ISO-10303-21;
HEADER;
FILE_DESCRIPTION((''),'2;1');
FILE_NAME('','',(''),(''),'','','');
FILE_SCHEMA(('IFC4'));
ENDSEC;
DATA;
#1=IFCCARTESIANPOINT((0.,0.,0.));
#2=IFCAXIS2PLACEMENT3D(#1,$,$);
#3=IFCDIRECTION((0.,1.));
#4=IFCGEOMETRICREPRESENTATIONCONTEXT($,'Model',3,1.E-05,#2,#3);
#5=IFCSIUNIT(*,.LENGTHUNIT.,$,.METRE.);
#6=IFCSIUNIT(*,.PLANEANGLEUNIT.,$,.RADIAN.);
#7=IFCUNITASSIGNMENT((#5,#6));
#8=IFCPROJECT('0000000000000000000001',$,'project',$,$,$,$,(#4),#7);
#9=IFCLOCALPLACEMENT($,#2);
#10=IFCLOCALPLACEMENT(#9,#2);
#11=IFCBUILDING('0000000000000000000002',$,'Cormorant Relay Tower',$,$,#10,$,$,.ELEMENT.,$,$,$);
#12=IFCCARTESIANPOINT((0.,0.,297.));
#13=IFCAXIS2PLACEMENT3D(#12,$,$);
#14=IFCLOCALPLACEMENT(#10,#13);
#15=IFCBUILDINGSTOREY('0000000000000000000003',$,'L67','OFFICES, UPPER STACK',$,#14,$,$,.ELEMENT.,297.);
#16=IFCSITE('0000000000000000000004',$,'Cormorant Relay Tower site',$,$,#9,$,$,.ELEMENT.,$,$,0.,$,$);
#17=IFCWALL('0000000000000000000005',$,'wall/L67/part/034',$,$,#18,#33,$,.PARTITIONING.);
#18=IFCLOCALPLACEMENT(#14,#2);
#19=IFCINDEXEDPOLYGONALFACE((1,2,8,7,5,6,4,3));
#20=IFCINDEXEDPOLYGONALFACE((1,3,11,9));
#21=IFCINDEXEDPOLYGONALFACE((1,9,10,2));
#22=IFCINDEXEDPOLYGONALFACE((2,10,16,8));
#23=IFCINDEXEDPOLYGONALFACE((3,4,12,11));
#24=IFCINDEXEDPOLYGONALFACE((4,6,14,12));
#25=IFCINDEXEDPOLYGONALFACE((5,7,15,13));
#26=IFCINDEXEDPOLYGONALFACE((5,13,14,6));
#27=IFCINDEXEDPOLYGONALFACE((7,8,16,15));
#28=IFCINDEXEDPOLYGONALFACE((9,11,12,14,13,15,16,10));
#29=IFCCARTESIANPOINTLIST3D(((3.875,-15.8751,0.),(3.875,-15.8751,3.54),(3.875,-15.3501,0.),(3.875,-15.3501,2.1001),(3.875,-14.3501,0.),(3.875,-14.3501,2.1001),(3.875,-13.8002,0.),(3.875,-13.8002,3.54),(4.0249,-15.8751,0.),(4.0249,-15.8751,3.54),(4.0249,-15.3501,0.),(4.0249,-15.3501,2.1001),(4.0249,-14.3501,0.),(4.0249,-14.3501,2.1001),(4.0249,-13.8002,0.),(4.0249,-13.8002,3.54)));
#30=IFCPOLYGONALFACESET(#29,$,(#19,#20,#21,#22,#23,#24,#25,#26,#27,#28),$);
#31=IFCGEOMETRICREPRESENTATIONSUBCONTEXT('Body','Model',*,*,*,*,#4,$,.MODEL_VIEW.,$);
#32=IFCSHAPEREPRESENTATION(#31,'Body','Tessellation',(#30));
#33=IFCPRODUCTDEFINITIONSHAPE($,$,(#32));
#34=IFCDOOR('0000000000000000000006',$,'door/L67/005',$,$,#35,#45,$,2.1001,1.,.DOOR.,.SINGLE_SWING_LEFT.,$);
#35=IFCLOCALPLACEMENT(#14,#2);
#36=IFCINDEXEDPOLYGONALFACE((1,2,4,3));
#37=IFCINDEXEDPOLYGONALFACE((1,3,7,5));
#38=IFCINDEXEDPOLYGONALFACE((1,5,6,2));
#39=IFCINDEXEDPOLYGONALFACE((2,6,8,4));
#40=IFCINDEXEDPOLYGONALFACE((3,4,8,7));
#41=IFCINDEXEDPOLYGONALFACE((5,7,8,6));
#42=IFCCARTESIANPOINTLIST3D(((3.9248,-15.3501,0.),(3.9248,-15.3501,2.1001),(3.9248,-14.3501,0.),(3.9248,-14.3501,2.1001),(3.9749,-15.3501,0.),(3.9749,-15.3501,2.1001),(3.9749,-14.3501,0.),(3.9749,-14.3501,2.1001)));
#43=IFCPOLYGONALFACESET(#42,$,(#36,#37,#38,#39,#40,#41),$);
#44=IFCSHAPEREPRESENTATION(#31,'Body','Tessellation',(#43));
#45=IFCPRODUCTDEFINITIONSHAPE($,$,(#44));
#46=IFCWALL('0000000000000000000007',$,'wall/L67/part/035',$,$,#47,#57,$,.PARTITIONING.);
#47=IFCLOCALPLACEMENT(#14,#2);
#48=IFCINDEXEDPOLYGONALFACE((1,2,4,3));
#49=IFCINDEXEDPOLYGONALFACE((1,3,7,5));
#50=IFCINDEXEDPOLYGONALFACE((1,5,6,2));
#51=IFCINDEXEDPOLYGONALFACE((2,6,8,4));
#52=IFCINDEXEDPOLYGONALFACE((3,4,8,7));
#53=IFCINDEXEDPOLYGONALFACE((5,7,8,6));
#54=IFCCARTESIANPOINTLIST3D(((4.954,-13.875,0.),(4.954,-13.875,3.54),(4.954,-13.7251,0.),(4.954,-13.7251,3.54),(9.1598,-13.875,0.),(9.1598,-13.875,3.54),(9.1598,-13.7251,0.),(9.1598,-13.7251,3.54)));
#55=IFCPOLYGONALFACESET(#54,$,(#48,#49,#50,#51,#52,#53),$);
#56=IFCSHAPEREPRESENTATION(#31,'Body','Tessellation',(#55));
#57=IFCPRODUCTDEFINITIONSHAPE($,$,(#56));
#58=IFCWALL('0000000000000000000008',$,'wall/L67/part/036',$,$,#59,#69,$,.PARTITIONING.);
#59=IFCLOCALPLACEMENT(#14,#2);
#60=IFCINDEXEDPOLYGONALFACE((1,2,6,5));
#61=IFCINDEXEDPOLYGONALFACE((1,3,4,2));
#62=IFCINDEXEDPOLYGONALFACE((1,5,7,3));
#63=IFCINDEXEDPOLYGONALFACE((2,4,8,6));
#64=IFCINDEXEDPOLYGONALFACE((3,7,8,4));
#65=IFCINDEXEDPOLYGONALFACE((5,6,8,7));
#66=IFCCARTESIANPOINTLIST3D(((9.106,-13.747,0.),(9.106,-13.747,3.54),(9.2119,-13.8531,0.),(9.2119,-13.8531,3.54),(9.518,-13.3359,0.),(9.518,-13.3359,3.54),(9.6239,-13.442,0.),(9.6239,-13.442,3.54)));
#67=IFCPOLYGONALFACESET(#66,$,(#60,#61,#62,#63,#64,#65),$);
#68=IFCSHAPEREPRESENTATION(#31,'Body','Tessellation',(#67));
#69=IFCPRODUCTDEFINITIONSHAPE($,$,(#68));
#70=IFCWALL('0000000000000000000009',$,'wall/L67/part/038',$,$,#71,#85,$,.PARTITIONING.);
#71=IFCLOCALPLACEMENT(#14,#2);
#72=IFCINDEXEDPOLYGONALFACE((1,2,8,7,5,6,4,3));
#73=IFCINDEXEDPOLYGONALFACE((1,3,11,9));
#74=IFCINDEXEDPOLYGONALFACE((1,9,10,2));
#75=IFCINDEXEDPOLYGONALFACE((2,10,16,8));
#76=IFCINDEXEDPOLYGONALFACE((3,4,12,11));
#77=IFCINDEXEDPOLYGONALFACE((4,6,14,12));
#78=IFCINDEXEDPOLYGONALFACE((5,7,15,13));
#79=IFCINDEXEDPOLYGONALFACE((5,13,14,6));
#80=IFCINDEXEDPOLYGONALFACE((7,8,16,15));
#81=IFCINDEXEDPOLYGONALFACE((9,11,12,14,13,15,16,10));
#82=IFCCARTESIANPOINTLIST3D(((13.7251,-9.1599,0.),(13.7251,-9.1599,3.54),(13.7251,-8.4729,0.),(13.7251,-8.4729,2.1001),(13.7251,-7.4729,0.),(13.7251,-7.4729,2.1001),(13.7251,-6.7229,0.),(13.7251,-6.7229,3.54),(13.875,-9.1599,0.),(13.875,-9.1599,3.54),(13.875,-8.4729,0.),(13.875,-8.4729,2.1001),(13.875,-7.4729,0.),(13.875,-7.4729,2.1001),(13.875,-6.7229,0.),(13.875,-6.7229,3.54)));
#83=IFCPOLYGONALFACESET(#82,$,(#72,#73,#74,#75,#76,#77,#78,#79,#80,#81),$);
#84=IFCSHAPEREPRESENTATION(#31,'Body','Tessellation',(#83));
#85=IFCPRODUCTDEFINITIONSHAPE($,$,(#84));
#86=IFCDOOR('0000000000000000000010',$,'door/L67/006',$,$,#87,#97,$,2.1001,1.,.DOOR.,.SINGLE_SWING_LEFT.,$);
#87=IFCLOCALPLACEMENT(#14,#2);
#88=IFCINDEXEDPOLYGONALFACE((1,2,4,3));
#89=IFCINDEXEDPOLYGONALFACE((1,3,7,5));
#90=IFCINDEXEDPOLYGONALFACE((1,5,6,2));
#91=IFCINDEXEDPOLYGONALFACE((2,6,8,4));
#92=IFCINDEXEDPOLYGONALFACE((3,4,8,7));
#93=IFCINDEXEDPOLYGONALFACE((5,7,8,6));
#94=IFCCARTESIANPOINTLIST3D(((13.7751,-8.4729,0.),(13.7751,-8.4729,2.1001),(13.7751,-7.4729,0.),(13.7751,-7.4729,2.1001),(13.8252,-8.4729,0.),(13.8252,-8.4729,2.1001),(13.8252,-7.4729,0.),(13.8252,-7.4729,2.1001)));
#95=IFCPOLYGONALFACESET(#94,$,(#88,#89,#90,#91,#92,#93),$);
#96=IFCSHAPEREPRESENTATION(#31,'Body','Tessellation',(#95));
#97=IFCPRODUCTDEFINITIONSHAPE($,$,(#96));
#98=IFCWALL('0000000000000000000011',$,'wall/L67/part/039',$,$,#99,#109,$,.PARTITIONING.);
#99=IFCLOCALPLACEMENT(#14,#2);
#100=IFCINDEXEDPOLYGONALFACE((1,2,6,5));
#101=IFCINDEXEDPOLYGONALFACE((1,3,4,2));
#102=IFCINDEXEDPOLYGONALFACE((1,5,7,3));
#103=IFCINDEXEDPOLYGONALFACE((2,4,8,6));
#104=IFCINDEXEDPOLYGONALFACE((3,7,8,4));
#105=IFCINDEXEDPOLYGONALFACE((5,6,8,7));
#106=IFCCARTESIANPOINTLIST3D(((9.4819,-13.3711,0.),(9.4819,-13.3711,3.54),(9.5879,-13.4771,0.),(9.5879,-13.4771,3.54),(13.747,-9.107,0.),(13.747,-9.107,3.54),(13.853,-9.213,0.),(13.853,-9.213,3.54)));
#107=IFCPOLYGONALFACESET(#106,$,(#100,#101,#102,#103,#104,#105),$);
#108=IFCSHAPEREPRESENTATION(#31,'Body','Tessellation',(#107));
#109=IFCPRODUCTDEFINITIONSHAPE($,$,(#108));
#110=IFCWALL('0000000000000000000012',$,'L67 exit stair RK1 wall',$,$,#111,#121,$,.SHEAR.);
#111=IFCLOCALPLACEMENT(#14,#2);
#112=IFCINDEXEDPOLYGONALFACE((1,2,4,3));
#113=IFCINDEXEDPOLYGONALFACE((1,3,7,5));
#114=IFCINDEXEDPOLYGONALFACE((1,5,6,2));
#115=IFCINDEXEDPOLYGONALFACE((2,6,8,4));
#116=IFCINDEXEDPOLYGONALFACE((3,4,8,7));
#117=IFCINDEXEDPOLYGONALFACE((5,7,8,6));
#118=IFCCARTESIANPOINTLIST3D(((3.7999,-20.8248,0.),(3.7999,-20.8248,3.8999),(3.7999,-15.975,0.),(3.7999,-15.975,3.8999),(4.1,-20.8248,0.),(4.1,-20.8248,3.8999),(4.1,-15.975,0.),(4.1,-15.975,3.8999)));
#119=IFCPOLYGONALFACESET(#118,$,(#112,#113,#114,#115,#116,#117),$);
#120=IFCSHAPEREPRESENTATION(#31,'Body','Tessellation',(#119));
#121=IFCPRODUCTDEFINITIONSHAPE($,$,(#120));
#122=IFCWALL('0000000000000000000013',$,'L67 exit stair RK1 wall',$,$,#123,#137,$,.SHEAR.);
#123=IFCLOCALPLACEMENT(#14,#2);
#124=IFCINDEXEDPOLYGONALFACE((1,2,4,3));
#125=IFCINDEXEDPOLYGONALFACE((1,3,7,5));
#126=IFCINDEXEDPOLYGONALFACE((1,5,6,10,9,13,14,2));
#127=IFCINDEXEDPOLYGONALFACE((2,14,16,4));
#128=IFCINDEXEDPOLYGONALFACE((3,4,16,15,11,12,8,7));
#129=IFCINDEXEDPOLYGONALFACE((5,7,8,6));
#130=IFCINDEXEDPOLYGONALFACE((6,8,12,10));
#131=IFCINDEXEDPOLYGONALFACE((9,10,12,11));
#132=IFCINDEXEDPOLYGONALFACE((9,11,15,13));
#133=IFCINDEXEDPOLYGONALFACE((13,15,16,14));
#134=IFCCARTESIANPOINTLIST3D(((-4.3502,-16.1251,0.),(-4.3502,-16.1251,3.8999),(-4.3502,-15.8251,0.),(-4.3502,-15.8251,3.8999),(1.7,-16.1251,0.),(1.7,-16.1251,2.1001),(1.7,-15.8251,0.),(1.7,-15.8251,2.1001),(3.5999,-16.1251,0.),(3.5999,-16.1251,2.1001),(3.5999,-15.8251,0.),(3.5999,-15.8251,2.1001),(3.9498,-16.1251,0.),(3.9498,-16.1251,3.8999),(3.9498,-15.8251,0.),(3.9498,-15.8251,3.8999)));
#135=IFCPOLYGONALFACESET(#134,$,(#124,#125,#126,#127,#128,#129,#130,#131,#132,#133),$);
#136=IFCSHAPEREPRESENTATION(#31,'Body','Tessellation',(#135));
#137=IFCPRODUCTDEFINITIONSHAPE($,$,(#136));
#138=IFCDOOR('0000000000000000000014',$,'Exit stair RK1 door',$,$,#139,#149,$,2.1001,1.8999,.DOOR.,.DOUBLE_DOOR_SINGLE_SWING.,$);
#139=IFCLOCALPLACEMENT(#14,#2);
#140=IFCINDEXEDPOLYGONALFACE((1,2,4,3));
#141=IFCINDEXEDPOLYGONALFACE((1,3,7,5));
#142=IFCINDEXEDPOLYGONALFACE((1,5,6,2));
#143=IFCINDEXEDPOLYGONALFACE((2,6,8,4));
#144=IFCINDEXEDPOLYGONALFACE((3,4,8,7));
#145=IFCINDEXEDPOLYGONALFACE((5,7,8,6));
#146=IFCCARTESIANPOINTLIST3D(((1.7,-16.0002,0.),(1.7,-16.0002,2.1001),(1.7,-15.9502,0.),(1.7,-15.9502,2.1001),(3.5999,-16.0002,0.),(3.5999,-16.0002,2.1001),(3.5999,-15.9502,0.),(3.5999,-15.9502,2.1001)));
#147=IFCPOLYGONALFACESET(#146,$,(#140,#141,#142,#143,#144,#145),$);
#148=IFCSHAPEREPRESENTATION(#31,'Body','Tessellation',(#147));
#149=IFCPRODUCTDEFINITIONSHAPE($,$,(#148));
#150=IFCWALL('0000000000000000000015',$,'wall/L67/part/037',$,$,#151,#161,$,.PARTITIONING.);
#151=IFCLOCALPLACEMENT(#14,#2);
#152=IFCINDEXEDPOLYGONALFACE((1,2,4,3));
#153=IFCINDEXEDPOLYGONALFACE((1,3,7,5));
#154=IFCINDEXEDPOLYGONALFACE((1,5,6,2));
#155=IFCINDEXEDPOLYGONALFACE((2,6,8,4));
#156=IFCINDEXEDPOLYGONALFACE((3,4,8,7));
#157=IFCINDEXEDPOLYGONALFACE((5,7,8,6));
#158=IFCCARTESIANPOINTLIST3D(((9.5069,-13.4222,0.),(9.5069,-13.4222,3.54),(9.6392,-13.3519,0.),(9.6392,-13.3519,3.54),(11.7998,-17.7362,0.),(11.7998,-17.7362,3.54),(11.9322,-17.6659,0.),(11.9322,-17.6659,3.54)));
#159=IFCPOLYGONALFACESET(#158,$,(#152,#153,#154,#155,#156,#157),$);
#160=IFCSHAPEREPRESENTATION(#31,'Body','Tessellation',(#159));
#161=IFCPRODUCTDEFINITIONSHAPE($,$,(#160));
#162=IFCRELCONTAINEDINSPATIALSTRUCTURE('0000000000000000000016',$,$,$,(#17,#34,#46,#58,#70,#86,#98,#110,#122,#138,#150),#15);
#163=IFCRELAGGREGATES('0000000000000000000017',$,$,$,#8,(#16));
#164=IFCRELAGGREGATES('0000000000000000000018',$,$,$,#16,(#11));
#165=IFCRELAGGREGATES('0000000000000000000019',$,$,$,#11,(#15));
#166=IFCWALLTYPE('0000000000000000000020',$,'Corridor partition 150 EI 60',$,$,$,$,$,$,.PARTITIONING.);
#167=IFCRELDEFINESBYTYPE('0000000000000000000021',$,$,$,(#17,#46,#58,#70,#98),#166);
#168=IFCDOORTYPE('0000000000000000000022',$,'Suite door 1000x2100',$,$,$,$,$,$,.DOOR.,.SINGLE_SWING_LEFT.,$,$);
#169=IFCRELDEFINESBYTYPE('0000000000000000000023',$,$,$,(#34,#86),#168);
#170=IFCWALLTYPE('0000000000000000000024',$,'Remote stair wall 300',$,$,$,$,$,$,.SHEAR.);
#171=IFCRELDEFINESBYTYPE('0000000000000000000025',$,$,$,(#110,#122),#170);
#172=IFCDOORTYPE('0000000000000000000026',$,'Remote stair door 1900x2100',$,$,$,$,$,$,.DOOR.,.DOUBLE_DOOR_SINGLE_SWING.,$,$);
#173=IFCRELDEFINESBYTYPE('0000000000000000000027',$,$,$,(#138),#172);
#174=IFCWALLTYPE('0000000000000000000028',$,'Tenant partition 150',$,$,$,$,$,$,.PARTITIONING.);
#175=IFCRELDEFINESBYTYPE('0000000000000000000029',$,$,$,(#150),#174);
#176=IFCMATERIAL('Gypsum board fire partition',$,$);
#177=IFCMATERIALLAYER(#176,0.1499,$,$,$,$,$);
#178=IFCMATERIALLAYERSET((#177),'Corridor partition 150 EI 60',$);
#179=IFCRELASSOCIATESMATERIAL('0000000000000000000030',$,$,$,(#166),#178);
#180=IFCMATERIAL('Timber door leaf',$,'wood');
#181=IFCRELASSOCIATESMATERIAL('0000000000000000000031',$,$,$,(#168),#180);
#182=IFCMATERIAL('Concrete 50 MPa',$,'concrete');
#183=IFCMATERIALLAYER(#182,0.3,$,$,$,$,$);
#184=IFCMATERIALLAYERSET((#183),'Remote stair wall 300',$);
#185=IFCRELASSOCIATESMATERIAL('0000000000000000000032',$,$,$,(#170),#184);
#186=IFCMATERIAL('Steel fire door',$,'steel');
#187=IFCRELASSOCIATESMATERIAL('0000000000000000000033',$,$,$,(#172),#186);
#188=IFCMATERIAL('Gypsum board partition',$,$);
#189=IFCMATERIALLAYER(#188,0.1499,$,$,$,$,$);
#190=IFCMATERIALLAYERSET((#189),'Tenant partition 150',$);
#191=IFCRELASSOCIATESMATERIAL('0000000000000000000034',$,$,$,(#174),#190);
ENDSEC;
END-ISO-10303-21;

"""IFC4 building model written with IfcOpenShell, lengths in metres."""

from ifc_helpers import new_model, si_unit, direction, frame, frame_2d, origin, place, context, subcontext, project, spatial, rectangle, extrude, material, layer, layer_set, type_object, element, fill, save


model = new_model("IFC4")

# Units and contexts
model_context = context("Model", 3, precision=1e-05, world=origin(), true_north=direction((0.0, 1.0)))
body_context = subcontext(model_context, "Body", "Model", "MODEL_VIEW")
ifc_project = project(units=[si_unit("LENGTHUNIT", "METRE"), si_unit("PLANEANGLEUNIT", "RADIAN")], contexts=[model_context])

# Site, building, storey
site_placement = place(None, origin())
site = spatial("IfcSite", under=ifc_project, at=site_placement, Name="Cormorant Relay Tower site", CompositionType="ELEMENT", RefElevation=0.0)
building_placement = place(site_placement, origin())
building = spatial("IfcBuilding", under=site, at=building_placement, Name="Cormorant Relay Tower", CompositionType="ELEMENT")
storey_placement = place(building_placement, frame((0.0, 0.0, 297.0)))
storey = spatial("IfcBuildingStorey", under=building, at=storey_placement, Name="L67", Description="OFFICES, UPPER STACK", CompositionType="ELEMENT", Elevation=297.0)

# Shared definitions
ifc_material_1 = material(Name="Gypsum board fire partition")
ifc_layer_1 = layer(ifc_material_1, 0.1499)
ifc_layer_set_1 = layer_set([ifc_layer_1], Name="Corridor partition 150 EI 60")
wall_type_1 = type_object("IfcWallType", Name="Corridor partition 150 EI 60", PredefinedType="PARTITIONING", material=ifc_layer_set_1)

# Wall, opening, door
wall_1_placement = place(storey_placement, frame((3.95, -13.8, 0.0), z_axis=(0.0, 0.0, 1.0), x_axis=(0.0, -1.0, 0.0)))
wall_1 = element("IfcWall", 1, at=wall_1_placement, inside=storey, type_object=wall_type_1, Name="wall/L67/part/034", PredefinedType="PARTITIONING", context=body_context, shape_type="SweptSolid", body=[
    extrude(rectangle(XDim=2.075, YDim=0.1499, at=frame_2d((1.0376, 0.0))), origin(), (0.0, 0.0, 1.0), 3.54),
])
opening_1_placement = place(wall_1_placement, frame((0.55, 0.0, 0.0)))
opening_1 = element("IfcOpeningElement", 2, at=opening_1_placement, cuts=wall_1, PredefinedType="OPENING", context=body_context, shape_type="SweptSolid", body=[
    extrude(rectangle(XDim=1.0, YDim=2.1001, at=frame_2d((0.5, 1.05))), frame((0.0, 0.085, 0.0), z_axis=(0.0, -1.0, 0.0), x_axis=(1.0, 0.0, 0.0)), (0.0, 0.0, 1.0), 0.1699),
])
ifc_material_2 = material(Name="Timber door leaf", Category="wood")
door_type_1 = type_object("IfcDoorType", Name="Suite door 1000x2100", OperationType="SINGLE_SWING_LEFT", PredefinedType="DOOR", material=ifc_material_2)
door_1_placement = place(opening_1_placement, origin())
door_1 = element("IfcDoor", 3, at=door_1_placement, inside=storey, type_object=door_type_1, Name="door/L67/005", OperationType="SINGLE_SWING_LEFT", OverallHeight=2.1001, OverallWidth=1.0, PredefinedType="DOOR", context=body_context, shape_type="SweptSolid", body=[
    extrude(rectangle(XDim=1.0, YDim=2.1001, at=frame_2d((0.5, 1.05))), frame((0.0, 0.0249, 0.0), z_axis=(0.0, -1.0, 0.0), x_axis=(1.0, 0.0, 0.0)), (0.0, 0.0, 1.0), 0.05),
])
fill(opening_1, door_1)

# Walls
wall_2_placement = place(storey_placement, frame((9.1599, -13.8, 0.0), z_axis=(0.0, 0.0, 1.0), x_axis=(-1.0, 0.0, 0.0)))
element("IfcWall", 4, at=wall_2_placement, inside=storey, type_object=wall_type_1, Name="wall/L67/part/035", PredefinedType="PARTITIONING", context=body_context, shape_type="SweptSolid", body=[
    extrude(rectangle(XDim=4.2058, YDim=0.1499, at=frame_2d((2.103, 0.0))), origin(), (0.0, 0.0, 1.0), 3.54),
])
wall_3_placement = place(storey_placement, frame((9.1589, -13.8, 0.0), z_axis=(0.0, 0.0, 1.0), x_axis=(0.707945, 0.706267, 0.0)))
element("IfcWall", 5, at=wall_3_placement, inside=storey, type_object=wall_type_1, Name="wall/L67/part/036", PredefinedType="PARTITIONING", context=body_context, shape_type="SweptSolid", body=[
    extrude(rectangle(XDim=0.582, YDim=0.1499, at=frame_2d((0.291, 0.0))), origin(), (0.0, 0.0, 1.0), 3.54),
])

# Wall, opening, door
wall_4_placement = place(storey_placement, frame((13.8, -6.7229, 0.0), z_axis=(0.0, 0.0, 1.0), x_axis=(0.0, -1.0, 0.0)))
wall_4 = element("IfcWall", 6, at=wall_4_placement, inside=storey, type_object=wall_type_1, Name="wall/L67/part/038", PredefinedType="PARTITIONING", context=body_context, shape_type="SweptSolid", body=[
    extrude(rectangle(XDim=2.437, YDim=0.1499, at=frame_2d((1.2185, 0.0))), origin(), (0.0, 0.0, 1.0), 3.54),
])
opening_2_placement = place(wall_4_placement, frame((0.75, 0.0, 0.0)))
opening_2 = element("IfcOpeningElement", 7, at=opening_2_placement, cuts=wall_4, PredefinedType="OPENING", context=body_context, shape_type="SweptSolid", body=[
    extrude(rectangle(XDim=1.0, YDim=2.1001, at=frame_2d((0.5, 1.05))), frame((0.0, 0.085, 0.0), z_axis=(0.0, -1.0, 0.0), x_axis=(1.0, 0.0, 0.0)), (0.0, 0.0, 1.0), 0.1699),
])
door_2_placement = place(opening_2_placement, frame((1.0, 0.0, 0.0), z_axis=(0.0, 0.0, 1.0), x_axis=(-1.0, 0.0, 0.0)))
door_2 = element("IfcDoor", 8, at=door_2_placement, inside=storey, type_object=door_type_1, Name="door/L67/006", OperationType="SINGLE_SWING_LEFT", OverallHeight=2.1001, OverallWidth=1.0, PredefinedType="DOOR", context=body_context, shape_type="SweptSolid", body=[
    extrude(rectangle(XDim=1.0, YDim=2.1001, at=frame_2d((0.5, 1.05))), frame((0.0, 0.0249, 0.0), z_axis=(0.0, -1.0, 0.0), x_axis=(1.0, 0.0, 0.0)), (0.0, 0.0, 1.0), 0.05),
])
fill(opening_2, door_2)

# Walls
wall_5_placement = place(storey_placement, frame((13.8, -9.1599, 0.0), z_axis=(0.0, 0.0, 1.0), x_axis=(-0.707188, -0.707026, 0.0)))
element("IfcWall", 9, at=wall_5_placement, inside=storey, type_object=wall_type_1, Name="wall/L67/part/039", PredefinedType="PARTITIONING", context=body_context, shape_type="SweptSolid", body=[
    extrude(rectangle(XDim=6.031, YDim=0.1499, at=frame_2d((3.0156, 0.0))), origin(), (0.0, 0.0, 1.0), 3.54),
])
ifc_material_3 = material(Name="Concrete 50 MPa", Category="concrete")
ifc_layer_2 = layer(ifc_material_3, 0.3)
ifc_layer_set_2 = layer_set([ifc_layer_2], Name="Remote stair wall 300")
wall_type_2 = type_object("IfcWallType", Name="Remote stair wall 300", PredefinedType="SHEAR", material=ifc_layer_set_2)
wall_6_placement = place(storey_placement, frame((3.95, -15.9751, 0.0), z_axis=(0.0, 0.0, 1.0), x_axis=(0.0, -1.0, 0.0)))
element("IfcWall", 10, at=wall_6_placement, inside=storey, type_object=wall_type_2, Name="L67 exit stair RK1 wall", PredefinedType="SHEAR", context=body_context, shape_type="SweptSolid", body=[
    extrude(rectangle(XDim=4.8499, YDim=0.3, at=frame_2d((2.4248, 0.0))), origin(), (0.0, 0.0, 1.0), 3.8999),
])

# Wall, opening, door
wall_7_placement = place(storey_placement, frame((-4.3501, -15.9751, 0.0), z_axis=(0.0, 0.0, 1.0), x_axis=(1.0, 0.0, 0.0)))
wall_7 = element("IfcWall", 11, at=wall_7_placement, inside=storey, type_object=wall_type_2, Name="L67 exit stair RK1 wall", PredefinedType="SHEAR", context=body_context, shape_type="SweptSolid", body=[
    extrude(rectangle(XDim=8.3, YDim=0.3, at=frame_2d((4.1499, 0.0))), origin(), (0.0, 0.0, 1.0), 3.8999),
])
opening_3_placement = place(wall_7_placement, frame((6.05, 0.0, 0.0)))
opening_3 = element("IfcOpeningElement", 12, at=opening_3_placement, cuts=wall_7, PredefinedType="OPENING", context=body_context, shape_type="SweptSolid", body=[
    extrude(rectangle(XDim=1.8999, YDim=2.1001, at=frame_2d((0.95, 1.05))), frame((0.0, 0.1599, 0.0), z_axis=(0.0, -1.0, 0.0), x_axis=(1.0, 0.0, 0.0)), (0.0, 0.0, 1.0), 0.3201),
])
ifc_material_4 = material(Name="Steel fire door", Category="steel")
door_type_2 = type_object("IfcDoorType", Name="Remote stair door 1900x2100", OperationType="DOUBLE_DOOR_SINGLE_SWING", PredefinedType="DOOR", material=ifc_material_4)
door_3_placement = place(opening_3_placement, origin())
door_3 = element("IfcDoor", 13, at=door_3_placement, inside=storey, type_object=door_type_2, Name="Exit stair RK1 door", OperationType="DOUBLE_DOOR_SINGLE_SWING", OverallHeight=2.1001, OverallWidth=1.8999, PredefinedType="DOOR", context=body_context, shape_type="SweptSolid", body=[
    extrude(rectangle(XDim=1.8999, YDim=2.1001, at=frame_2d((0.95, 1.05))), frame((0.0, 0.0249, 0.0), z_axis=(0.0, -1.0, 0.0), x_axis=(1.0, 0.0, 0.0)), (0.0, 0.0, 1.0), 0.05),
])
fill(opening_3, door_3)

# Wall
ifc_material_5 = material(Name="Gypsum board partition")
ifc_layer_3 = layer(ifc_material_5, 0.1499)
ifc_layer_set_3 = layer_set([ifc_layer_3], Name="Tenant partition 150")
wall_type_3 = type_object("IfcWallType", Name="Tenant partition 150", PredefinedType="PARTITIONING", material=ifc_layer_set_3)
wall_8_placement = place(storey_placement, frame((9.573, -13.387, 0.0), z_axis=(0.0, 0.0, 1.0), x_axis=(0.469343, -0.883016, 0.0)))
element("IfcWall", 14, at=wall_8_placement, inside=storey, type_object=wall_type_3, Name="wall/L67/part/037", PredefinedType="PARTITIONING", context=body_context, shape_type="SweptSolid", body=[
    extrude(rectangle(XDim=4.8855, YDim=0.1499, at=frame_2d((2.4429, 0.0))), origin(), (0.0, 0.0, 1.0), 3.54),
])

save(model, "model.ifc")
